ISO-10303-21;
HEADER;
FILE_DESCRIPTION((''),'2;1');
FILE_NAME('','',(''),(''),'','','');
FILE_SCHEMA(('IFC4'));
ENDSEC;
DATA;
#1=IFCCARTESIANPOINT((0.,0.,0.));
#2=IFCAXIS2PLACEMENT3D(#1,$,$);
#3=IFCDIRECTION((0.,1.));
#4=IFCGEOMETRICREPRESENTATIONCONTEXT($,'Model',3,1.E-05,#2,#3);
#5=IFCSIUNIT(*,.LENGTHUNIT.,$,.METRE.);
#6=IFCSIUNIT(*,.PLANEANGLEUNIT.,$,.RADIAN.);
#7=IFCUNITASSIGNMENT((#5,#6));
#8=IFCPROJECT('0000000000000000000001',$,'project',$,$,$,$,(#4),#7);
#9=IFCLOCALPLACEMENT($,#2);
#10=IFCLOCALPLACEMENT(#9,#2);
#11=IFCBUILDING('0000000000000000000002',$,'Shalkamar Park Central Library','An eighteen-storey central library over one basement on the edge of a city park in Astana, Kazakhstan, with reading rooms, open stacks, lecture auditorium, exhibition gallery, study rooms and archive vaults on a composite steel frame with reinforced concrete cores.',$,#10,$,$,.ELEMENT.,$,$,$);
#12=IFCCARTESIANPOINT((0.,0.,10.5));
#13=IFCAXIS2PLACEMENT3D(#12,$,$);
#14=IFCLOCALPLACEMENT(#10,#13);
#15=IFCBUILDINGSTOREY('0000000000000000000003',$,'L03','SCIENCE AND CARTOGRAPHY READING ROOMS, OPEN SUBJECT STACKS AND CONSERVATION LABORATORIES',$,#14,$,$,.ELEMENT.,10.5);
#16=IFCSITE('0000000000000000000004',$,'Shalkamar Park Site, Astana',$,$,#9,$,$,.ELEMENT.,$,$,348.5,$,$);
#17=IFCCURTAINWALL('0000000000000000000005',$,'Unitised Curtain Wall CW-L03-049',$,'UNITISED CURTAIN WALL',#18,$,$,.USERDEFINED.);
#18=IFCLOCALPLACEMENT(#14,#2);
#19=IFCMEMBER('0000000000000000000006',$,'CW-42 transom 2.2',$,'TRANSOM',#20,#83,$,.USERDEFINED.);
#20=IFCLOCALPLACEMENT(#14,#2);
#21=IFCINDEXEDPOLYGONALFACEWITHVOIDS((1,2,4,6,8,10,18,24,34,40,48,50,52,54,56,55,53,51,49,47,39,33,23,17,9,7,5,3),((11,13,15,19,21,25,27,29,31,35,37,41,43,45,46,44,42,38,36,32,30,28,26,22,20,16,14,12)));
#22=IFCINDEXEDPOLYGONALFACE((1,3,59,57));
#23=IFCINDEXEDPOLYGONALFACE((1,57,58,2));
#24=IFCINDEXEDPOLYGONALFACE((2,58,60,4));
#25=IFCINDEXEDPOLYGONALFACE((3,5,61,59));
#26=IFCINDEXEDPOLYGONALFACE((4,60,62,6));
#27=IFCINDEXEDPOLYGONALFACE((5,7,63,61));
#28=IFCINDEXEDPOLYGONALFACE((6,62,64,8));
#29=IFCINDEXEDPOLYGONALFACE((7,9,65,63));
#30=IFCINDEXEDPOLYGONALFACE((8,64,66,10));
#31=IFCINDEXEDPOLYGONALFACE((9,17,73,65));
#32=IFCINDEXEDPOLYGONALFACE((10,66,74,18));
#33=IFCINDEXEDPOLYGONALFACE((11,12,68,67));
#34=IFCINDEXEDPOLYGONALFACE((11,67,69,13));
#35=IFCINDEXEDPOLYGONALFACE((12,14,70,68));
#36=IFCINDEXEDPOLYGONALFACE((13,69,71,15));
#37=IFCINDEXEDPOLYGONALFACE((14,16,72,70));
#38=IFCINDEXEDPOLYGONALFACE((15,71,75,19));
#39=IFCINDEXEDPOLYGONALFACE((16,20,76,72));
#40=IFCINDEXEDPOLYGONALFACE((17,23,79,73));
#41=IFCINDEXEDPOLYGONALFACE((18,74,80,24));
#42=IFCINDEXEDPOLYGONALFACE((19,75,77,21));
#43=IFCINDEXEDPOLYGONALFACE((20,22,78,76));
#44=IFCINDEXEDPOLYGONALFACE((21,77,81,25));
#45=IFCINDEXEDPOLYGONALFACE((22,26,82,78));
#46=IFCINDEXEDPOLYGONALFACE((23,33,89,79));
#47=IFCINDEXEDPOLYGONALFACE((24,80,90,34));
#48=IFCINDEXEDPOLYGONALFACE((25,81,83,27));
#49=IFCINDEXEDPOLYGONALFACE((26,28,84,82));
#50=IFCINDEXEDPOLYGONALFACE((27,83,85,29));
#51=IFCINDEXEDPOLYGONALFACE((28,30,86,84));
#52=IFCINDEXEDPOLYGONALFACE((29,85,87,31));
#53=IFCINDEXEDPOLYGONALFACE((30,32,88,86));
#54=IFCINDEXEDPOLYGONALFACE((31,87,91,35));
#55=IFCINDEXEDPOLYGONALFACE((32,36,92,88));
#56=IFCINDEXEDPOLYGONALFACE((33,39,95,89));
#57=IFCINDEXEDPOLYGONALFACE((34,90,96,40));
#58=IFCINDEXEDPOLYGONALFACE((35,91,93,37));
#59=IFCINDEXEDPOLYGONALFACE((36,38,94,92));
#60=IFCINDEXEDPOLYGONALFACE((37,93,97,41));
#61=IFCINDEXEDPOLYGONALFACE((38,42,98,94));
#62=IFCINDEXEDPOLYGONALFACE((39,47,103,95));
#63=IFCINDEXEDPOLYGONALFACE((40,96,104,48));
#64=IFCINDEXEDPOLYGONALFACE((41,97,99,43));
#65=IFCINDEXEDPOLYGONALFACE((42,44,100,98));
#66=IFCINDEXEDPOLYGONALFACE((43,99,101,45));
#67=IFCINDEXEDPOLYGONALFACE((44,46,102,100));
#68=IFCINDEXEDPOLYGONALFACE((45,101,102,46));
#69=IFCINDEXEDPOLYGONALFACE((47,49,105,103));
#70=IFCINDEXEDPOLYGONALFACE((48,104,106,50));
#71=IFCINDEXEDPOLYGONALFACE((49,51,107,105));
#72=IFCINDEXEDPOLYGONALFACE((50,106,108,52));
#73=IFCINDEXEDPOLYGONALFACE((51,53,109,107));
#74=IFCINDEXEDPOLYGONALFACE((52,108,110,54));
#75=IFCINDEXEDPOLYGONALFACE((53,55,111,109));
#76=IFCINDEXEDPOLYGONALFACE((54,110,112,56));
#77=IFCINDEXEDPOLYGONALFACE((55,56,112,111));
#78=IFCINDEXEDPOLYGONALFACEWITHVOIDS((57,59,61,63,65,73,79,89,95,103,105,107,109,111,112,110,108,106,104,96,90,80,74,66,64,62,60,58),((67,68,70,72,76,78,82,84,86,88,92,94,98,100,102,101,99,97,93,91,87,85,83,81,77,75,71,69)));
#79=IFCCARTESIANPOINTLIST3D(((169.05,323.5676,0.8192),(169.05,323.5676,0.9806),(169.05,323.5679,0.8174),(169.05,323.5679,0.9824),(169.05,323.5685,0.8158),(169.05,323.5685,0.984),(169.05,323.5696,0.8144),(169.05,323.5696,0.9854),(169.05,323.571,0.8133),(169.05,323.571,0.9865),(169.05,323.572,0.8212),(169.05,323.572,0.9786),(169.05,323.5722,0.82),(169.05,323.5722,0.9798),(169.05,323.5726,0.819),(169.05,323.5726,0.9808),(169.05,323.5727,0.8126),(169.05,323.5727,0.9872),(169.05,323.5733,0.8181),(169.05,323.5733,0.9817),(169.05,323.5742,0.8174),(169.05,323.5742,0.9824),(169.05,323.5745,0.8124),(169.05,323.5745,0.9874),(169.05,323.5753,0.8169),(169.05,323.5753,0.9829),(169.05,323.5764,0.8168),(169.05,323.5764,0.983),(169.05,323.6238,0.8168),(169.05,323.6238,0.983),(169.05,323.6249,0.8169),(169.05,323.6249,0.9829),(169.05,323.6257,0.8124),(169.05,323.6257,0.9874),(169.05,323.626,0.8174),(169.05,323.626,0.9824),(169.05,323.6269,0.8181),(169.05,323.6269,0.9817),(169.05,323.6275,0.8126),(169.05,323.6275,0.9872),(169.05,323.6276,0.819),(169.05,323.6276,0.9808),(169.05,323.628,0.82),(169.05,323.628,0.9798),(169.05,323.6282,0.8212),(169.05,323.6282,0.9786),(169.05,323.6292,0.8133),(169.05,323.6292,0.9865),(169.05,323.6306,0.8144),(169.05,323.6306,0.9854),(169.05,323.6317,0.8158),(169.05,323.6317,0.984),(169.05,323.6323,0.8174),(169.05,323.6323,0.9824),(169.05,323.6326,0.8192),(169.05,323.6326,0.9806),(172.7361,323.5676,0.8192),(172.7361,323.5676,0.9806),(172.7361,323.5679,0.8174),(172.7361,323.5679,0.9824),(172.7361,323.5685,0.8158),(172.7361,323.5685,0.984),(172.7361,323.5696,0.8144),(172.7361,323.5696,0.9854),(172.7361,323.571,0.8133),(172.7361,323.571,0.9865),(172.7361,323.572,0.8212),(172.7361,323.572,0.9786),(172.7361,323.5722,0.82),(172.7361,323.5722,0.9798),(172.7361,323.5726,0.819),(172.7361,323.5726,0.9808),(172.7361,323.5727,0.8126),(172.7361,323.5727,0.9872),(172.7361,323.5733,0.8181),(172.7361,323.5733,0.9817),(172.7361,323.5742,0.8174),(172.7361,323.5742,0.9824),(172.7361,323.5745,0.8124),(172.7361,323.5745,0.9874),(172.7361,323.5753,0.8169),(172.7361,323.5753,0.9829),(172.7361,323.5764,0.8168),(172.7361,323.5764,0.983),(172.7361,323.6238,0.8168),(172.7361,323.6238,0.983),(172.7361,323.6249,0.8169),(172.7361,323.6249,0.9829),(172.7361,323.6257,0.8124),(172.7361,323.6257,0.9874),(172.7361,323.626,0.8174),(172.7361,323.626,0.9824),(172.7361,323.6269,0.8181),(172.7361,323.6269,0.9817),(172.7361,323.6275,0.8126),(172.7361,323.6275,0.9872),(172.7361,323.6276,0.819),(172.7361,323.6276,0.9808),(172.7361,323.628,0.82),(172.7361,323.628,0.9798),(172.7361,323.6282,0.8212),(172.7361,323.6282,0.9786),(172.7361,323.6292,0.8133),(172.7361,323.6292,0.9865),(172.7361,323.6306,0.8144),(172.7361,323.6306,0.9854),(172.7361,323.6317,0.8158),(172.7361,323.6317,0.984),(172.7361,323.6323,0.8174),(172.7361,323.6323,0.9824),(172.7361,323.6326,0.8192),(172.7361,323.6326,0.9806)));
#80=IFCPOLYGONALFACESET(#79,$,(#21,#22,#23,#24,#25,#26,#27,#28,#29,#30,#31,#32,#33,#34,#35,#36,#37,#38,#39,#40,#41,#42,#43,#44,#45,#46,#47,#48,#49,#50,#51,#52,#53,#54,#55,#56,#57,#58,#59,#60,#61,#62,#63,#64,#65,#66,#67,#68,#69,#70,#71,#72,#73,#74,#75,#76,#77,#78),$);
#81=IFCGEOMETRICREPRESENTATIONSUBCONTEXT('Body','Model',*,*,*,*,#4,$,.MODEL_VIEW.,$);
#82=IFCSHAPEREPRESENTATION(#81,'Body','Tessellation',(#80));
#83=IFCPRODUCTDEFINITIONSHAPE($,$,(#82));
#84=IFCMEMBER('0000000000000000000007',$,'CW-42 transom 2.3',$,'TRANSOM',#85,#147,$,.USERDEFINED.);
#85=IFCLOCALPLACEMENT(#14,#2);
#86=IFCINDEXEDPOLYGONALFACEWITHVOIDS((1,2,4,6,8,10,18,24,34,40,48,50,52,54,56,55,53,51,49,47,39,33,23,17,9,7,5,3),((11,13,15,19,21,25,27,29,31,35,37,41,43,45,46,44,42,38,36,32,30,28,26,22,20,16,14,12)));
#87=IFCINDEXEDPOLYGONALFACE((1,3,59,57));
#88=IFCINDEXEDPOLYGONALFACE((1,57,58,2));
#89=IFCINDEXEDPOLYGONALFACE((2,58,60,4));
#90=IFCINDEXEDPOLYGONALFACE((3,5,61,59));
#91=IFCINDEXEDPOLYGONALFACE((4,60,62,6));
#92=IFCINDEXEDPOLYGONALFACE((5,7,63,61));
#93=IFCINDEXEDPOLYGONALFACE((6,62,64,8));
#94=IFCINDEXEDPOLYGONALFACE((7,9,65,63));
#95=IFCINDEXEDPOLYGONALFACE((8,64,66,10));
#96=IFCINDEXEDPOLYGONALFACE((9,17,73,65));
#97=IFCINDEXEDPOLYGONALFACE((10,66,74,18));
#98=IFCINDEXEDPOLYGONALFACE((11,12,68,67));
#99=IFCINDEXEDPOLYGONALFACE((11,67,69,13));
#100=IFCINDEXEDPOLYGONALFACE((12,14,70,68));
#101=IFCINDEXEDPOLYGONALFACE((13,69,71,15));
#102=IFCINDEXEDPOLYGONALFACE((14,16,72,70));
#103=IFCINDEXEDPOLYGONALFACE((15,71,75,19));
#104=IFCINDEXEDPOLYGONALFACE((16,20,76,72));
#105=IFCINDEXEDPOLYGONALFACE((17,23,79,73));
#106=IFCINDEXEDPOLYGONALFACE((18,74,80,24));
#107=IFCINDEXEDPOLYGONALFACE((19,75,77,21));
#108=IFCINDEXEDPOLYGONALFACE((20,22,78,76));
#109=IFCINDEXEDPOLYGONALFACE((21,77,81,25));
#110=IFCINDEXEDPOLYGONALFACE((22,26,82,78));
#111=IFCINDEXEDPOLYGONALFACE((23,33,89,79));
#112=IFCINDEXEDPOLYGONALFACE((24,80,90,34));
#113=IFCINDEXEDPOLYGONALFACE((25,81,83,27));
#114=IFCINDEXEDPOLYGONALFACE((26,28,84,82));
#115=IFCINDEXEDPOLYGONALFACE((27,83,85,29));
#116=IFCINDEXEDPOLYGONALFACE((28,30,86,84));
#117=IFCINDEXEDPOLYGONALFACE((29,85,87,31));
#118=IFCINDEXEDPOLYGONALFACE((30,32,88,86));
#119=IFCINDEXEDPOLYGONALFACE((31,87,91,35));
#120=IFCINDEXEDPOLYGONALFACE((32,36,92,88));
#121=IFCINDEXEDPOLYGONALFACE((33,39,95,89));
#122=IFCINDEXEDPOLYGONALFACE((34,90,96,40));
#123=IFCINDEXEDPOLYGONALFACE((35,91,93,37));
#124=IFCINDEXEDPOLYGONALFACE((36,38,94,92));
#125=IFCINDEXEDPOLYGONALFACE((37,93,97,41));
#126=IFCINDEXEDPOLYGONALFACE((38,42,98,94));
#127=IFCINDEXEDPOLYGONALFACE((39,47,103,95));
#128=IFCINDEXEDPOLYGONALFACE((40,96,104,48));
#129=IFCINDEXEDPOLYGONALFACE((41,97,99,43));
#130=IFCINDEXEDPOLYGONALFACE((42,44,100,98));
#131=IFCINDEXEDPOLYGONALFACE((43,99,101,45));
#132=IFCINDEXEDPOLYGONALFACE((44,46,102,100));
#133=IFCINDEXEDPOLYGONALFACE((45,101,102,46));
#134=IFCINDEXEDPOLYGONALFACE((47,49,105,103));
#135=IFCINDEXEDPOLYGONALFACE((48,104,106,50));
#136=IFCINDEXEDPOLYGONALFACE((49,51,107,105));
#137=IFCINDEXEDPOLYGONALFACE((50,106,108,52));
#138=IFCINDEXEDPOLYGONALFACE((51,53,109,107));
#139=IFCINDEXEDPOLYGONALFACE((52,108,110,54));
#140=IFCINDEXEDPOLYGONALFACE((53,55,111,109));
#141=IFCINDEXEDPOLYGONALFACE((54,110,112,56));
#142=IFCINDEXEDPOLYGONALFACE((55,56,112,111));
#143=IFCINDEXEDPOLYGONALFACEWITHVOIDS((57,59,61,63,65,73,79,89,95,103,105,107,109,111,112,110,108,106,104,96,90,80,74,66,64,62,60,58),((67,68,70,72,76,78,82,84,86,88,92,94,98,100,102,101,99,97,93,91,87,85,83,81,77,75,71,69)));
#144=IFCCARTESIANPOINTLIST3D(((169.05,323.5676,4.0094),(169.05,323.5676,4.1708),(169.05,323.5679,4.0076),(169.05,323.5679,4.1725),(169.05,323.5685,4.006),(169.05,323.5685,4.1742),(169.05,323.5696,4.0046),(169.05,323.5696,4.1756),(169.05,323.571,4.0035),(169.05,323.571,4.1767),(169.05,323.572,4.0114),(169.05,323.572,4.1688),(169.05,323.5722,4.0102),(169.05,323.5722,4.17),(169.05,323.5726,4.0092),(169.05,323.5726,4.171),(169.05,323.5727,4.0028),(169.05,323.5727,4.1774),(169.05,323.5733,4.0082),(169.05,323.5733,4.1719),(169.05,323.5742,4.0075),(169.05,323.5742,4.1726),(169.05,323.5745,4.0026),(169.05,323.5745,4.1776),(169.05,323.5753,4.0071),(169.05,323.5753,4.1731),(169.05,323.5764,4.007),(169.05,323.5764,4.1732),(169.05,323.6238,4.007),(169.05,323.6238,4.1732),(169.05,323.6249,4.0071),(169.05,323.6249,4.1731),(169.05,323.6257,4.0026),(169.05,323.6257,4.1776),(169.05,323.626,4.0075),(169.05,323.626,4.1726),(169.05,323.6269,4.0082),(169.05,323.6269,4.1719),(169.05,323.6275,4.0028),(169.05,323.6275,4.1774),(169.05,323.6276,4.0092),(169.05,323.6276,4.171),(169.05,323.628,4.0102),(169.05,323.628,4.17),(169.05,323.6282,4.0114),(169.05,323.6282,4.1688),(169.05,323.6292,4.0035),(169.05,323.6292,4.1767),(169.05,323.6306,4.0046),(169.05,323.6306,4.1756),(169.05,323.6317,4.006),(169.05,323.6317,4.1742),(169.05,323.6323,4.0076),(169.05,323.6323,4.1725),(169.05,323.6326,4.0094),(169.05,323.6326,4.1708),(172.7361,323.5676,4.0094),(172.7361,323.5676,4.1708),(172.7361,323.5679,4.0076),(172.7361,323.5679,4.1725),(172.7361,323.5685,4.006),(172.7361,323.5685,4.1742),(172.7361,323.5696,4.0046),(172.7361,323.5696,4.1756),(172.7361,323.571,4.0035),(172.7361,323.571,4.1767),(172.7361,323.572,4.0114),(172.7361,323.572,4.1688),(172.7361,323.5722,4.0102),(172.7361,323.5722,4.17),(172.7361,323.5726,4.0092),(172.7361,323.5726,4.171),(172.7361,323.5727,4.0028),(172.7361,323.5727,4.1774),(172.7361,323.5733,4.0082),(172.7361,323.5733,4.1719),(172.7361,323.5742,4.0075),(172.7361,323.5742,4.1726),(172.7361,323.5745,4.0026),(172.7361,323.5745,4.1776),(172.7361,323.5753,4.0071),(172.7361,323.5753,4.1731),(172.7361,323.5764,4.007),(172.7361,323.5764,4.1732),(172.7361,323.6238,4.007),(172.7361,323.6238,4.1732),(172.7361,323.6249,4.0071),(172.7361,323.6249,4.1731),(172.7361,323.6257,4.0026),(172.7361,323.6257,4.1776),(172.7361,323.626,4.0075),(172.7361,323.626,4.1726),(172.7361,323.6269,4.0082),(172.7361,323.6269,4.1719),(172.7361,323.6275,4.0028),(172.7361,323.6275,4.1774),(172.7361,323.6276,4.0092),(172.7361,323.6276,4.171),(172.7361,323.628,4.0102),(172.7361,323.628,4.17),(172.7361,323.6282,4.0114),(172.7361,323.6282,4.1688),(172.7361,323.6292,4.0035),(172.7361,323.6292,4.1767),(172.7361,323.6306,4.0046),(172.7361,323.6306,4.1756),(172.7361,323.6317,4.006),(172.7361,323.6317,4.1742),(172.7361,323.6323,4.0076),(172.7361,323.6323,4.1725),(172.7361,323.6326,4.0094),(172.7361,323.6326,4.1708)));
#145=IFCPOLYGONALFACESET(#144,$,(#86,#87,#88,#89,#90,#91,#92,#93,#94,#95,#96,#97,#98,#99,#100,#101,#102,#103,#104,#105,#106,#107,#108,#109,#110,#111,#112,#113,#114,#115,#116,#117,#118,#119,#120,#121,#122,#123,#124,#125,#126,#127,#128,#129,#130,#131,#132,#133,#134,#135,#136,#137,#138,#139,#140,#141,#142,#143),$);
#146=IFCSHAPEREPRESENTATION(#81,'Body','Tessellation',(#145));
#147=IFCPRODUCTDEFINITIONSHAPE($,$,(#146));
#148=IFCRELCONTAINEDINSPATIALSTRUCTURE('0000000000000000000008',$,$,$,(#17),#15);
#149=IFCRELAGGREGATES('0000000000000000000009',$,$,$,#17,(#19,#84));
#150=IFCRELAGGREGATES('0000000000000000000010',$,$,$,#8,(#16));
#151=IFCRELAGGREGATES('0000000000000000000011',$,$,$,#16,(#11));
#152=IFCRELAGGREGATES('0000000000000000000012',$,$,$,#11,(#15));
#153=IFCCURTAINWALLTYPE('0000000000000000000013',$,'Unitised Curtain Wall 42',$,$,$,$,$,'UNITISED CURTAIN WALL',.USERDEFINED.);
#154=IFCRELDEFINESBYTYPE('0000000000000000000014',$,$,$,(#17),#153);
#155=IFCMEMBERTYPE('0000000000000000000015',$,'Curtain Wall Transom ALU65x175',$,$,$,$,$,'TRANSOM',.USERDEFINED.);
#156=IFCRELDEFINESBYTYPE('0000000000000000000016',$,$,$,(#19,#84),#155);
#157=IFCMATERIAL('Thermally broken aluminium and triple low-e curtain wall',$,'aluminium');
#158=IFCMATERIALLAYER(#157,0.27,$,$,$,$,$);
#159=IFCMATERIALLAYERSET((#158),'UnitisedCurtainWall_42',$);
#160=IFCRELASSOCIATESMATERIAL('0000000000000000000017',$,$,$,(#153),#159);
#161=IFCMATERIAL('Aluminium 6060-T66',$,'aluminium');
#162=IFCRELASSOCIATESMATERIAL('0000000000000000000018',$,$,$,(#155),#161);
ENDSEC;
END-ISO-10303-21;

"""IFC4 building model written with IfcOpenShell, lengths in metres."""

from ifc_helpers import new_model, si_unit, direction, frame, origin, origin_2d, place, context, subcontext, project, spatial, hollow_rectangle, extrude, material, layer, layer_set, material_profile, profile_set, type_object, element, aggregate, save


model = new_model("IFC4")

# Units and contexts
model_context = context("Model", 3, precision=1e-05, world=origin(), true_north=direction((0.0, 1.0)))
body_context = subcontext(model_context, "Body", "Model", "MODEL_VIEW")
ifc_project = project(units=[si_unit("LENGTHUNIT", "METRE"), si_unit("PLANEANGLEUNIT", "RADIAN")], contexts=[model_context])

# Site, building, storey
site_placement = place(None, origin())
site = spatial("IfcSite", under=ifc_project, at=site_placement, Name="Shalkamar Park Site, Astana", CompositionType="ELEMENT", RefElevation=348.5)
building_placement = place(site_placement, origin())
building = spatial("IfcBuilding", under=site, at=building_placement, Name="Shalkamar Park Central Library", Description="An eighteen-storey central library over one basement on the edge of a city park in Astana, Kazakhstan, with reading rooms, open stacks, lecture auditorium, exhibition gallery, study rooms and archive vaults on a composite steel frame with reinforced concrete cores.", CompositionType="ELEMENT")
storey_placement = place(building_placement, frame((0.0, 0.0, 10.5)))
storey = spatial("IfcBuildingStorey", under=building, at=storey_placement, Name="L03", Description="SCIENCE AND CARTOGRAPHY READING ROOMS, OPEN SUBJECT STACKS AND CONSERVATION LABORATORIES", CompositionType="ELEMENT", Elevation=10.5)

# Shared definitions
ifc_material_1 = material(Name="Thermally broken aluminium and triple low-e curtain wall", Category="aluminium")
ifc_material_2 = material(Name="Aluminium 6060-T66", Category="aluminium")

# Curtain wall
ifc_layer_1 = layer(ifc_material_1, 0.27)
ifc_layer_set_1 = layer_set([ifc_layer_1], Name="UnitisedCurtainWall_42")
curtain_wall_type_1 = type_object("IfcCurtainWallType", Name="Unitised Curtain Wall 42", ElementType="UNITISED CURTAIN WALL", PredefinedType="USERDEFINED", material=ifc_layer_set_1)
curtain_wall_1_placement = place(storey_placement, origin())
curtain_wall_1 = element("IfcCurtainWall", 1, at=curtain_wall_1_placement, inside=storey, type_object=curtain_wall_type_1, Name="Unitised Curtain Wall CW-L03-049", ObjectType="UNITISED CURTAIN WALL", PredefinedType="USERDEFINED")

# Members
ifc_material_profile_1 = material_profile(ifc_material_2, hollow_rectangle(XDim=0.0649, YDim=0.175, WallThickness=0.0044, InnerFilletRadius=0.0044, OuterFilletRadius=0.0068, at=origin_2d()), Name="ALU 65x175x4.5")
ifc_profile_set_1 = profile_set([ifc_material_profile_1], Name="Aluminium 6060-T66")
member_type_1 = type_object("IfcMemberType", Name="Curtain Wall Transom ALU65x175", ElementType="TRANSOM", PredefinedType="USERDEFINED", material=ifc_profile_set_1)
member_1_placement = place(storey_placement, frame((169.05, 323.6001, 0.8999), z_axis=(1.0, 0.0, 0.0), x_axis=(0.0, 1.0, 0.0)))
member_1 = element("IfcMember", 2, at=member_1_placement, type_object=member_type_1, Name="CW-42 transom 2.2", ObjectType="TRANSOM", PredefinedType="USERDEFINED", context=body_context, shape_type="SweptSolid", body=[
    extrude(hollow_rectangle(XDim=0.0649, YDim=0.175, WallThickness=0.0044, InnerFilletRadius=0.0044, OuterFilletRadius=0.0068, at=origin_2d()), origin(), (0.0, 0.0, 1.0), 3.686),
])
member_2_placement = place(storey_placement, frame((169.05, 323.6001, 4.0901), z_axis=(1.0, 0.0, 0.0), x_axis=(0.0, 1.0, 0.0)))
member_2 = element("IfcMember", 3, at=member_2_placement, type_object=member_type_1, Name="CW-42 transom 2.3", ObjectType="TRANSOM", PredefinedType="USERDEFINED", context=body_context, shape_type="SweptSolid", body=[
    extrude(hollow_rectangle(XDim=0.0649, YDim=0.175, WallThickness=0.0044, InnerFilletRadius=0.0044, OuterFilletRadius=0.0068, at=origin_2d()), origin(), (0.0, 0.0, 1.0), 3.686),
])

aggregate(curtain_wall_1, [member_1, member_2])

save(model, "model.ifc")
